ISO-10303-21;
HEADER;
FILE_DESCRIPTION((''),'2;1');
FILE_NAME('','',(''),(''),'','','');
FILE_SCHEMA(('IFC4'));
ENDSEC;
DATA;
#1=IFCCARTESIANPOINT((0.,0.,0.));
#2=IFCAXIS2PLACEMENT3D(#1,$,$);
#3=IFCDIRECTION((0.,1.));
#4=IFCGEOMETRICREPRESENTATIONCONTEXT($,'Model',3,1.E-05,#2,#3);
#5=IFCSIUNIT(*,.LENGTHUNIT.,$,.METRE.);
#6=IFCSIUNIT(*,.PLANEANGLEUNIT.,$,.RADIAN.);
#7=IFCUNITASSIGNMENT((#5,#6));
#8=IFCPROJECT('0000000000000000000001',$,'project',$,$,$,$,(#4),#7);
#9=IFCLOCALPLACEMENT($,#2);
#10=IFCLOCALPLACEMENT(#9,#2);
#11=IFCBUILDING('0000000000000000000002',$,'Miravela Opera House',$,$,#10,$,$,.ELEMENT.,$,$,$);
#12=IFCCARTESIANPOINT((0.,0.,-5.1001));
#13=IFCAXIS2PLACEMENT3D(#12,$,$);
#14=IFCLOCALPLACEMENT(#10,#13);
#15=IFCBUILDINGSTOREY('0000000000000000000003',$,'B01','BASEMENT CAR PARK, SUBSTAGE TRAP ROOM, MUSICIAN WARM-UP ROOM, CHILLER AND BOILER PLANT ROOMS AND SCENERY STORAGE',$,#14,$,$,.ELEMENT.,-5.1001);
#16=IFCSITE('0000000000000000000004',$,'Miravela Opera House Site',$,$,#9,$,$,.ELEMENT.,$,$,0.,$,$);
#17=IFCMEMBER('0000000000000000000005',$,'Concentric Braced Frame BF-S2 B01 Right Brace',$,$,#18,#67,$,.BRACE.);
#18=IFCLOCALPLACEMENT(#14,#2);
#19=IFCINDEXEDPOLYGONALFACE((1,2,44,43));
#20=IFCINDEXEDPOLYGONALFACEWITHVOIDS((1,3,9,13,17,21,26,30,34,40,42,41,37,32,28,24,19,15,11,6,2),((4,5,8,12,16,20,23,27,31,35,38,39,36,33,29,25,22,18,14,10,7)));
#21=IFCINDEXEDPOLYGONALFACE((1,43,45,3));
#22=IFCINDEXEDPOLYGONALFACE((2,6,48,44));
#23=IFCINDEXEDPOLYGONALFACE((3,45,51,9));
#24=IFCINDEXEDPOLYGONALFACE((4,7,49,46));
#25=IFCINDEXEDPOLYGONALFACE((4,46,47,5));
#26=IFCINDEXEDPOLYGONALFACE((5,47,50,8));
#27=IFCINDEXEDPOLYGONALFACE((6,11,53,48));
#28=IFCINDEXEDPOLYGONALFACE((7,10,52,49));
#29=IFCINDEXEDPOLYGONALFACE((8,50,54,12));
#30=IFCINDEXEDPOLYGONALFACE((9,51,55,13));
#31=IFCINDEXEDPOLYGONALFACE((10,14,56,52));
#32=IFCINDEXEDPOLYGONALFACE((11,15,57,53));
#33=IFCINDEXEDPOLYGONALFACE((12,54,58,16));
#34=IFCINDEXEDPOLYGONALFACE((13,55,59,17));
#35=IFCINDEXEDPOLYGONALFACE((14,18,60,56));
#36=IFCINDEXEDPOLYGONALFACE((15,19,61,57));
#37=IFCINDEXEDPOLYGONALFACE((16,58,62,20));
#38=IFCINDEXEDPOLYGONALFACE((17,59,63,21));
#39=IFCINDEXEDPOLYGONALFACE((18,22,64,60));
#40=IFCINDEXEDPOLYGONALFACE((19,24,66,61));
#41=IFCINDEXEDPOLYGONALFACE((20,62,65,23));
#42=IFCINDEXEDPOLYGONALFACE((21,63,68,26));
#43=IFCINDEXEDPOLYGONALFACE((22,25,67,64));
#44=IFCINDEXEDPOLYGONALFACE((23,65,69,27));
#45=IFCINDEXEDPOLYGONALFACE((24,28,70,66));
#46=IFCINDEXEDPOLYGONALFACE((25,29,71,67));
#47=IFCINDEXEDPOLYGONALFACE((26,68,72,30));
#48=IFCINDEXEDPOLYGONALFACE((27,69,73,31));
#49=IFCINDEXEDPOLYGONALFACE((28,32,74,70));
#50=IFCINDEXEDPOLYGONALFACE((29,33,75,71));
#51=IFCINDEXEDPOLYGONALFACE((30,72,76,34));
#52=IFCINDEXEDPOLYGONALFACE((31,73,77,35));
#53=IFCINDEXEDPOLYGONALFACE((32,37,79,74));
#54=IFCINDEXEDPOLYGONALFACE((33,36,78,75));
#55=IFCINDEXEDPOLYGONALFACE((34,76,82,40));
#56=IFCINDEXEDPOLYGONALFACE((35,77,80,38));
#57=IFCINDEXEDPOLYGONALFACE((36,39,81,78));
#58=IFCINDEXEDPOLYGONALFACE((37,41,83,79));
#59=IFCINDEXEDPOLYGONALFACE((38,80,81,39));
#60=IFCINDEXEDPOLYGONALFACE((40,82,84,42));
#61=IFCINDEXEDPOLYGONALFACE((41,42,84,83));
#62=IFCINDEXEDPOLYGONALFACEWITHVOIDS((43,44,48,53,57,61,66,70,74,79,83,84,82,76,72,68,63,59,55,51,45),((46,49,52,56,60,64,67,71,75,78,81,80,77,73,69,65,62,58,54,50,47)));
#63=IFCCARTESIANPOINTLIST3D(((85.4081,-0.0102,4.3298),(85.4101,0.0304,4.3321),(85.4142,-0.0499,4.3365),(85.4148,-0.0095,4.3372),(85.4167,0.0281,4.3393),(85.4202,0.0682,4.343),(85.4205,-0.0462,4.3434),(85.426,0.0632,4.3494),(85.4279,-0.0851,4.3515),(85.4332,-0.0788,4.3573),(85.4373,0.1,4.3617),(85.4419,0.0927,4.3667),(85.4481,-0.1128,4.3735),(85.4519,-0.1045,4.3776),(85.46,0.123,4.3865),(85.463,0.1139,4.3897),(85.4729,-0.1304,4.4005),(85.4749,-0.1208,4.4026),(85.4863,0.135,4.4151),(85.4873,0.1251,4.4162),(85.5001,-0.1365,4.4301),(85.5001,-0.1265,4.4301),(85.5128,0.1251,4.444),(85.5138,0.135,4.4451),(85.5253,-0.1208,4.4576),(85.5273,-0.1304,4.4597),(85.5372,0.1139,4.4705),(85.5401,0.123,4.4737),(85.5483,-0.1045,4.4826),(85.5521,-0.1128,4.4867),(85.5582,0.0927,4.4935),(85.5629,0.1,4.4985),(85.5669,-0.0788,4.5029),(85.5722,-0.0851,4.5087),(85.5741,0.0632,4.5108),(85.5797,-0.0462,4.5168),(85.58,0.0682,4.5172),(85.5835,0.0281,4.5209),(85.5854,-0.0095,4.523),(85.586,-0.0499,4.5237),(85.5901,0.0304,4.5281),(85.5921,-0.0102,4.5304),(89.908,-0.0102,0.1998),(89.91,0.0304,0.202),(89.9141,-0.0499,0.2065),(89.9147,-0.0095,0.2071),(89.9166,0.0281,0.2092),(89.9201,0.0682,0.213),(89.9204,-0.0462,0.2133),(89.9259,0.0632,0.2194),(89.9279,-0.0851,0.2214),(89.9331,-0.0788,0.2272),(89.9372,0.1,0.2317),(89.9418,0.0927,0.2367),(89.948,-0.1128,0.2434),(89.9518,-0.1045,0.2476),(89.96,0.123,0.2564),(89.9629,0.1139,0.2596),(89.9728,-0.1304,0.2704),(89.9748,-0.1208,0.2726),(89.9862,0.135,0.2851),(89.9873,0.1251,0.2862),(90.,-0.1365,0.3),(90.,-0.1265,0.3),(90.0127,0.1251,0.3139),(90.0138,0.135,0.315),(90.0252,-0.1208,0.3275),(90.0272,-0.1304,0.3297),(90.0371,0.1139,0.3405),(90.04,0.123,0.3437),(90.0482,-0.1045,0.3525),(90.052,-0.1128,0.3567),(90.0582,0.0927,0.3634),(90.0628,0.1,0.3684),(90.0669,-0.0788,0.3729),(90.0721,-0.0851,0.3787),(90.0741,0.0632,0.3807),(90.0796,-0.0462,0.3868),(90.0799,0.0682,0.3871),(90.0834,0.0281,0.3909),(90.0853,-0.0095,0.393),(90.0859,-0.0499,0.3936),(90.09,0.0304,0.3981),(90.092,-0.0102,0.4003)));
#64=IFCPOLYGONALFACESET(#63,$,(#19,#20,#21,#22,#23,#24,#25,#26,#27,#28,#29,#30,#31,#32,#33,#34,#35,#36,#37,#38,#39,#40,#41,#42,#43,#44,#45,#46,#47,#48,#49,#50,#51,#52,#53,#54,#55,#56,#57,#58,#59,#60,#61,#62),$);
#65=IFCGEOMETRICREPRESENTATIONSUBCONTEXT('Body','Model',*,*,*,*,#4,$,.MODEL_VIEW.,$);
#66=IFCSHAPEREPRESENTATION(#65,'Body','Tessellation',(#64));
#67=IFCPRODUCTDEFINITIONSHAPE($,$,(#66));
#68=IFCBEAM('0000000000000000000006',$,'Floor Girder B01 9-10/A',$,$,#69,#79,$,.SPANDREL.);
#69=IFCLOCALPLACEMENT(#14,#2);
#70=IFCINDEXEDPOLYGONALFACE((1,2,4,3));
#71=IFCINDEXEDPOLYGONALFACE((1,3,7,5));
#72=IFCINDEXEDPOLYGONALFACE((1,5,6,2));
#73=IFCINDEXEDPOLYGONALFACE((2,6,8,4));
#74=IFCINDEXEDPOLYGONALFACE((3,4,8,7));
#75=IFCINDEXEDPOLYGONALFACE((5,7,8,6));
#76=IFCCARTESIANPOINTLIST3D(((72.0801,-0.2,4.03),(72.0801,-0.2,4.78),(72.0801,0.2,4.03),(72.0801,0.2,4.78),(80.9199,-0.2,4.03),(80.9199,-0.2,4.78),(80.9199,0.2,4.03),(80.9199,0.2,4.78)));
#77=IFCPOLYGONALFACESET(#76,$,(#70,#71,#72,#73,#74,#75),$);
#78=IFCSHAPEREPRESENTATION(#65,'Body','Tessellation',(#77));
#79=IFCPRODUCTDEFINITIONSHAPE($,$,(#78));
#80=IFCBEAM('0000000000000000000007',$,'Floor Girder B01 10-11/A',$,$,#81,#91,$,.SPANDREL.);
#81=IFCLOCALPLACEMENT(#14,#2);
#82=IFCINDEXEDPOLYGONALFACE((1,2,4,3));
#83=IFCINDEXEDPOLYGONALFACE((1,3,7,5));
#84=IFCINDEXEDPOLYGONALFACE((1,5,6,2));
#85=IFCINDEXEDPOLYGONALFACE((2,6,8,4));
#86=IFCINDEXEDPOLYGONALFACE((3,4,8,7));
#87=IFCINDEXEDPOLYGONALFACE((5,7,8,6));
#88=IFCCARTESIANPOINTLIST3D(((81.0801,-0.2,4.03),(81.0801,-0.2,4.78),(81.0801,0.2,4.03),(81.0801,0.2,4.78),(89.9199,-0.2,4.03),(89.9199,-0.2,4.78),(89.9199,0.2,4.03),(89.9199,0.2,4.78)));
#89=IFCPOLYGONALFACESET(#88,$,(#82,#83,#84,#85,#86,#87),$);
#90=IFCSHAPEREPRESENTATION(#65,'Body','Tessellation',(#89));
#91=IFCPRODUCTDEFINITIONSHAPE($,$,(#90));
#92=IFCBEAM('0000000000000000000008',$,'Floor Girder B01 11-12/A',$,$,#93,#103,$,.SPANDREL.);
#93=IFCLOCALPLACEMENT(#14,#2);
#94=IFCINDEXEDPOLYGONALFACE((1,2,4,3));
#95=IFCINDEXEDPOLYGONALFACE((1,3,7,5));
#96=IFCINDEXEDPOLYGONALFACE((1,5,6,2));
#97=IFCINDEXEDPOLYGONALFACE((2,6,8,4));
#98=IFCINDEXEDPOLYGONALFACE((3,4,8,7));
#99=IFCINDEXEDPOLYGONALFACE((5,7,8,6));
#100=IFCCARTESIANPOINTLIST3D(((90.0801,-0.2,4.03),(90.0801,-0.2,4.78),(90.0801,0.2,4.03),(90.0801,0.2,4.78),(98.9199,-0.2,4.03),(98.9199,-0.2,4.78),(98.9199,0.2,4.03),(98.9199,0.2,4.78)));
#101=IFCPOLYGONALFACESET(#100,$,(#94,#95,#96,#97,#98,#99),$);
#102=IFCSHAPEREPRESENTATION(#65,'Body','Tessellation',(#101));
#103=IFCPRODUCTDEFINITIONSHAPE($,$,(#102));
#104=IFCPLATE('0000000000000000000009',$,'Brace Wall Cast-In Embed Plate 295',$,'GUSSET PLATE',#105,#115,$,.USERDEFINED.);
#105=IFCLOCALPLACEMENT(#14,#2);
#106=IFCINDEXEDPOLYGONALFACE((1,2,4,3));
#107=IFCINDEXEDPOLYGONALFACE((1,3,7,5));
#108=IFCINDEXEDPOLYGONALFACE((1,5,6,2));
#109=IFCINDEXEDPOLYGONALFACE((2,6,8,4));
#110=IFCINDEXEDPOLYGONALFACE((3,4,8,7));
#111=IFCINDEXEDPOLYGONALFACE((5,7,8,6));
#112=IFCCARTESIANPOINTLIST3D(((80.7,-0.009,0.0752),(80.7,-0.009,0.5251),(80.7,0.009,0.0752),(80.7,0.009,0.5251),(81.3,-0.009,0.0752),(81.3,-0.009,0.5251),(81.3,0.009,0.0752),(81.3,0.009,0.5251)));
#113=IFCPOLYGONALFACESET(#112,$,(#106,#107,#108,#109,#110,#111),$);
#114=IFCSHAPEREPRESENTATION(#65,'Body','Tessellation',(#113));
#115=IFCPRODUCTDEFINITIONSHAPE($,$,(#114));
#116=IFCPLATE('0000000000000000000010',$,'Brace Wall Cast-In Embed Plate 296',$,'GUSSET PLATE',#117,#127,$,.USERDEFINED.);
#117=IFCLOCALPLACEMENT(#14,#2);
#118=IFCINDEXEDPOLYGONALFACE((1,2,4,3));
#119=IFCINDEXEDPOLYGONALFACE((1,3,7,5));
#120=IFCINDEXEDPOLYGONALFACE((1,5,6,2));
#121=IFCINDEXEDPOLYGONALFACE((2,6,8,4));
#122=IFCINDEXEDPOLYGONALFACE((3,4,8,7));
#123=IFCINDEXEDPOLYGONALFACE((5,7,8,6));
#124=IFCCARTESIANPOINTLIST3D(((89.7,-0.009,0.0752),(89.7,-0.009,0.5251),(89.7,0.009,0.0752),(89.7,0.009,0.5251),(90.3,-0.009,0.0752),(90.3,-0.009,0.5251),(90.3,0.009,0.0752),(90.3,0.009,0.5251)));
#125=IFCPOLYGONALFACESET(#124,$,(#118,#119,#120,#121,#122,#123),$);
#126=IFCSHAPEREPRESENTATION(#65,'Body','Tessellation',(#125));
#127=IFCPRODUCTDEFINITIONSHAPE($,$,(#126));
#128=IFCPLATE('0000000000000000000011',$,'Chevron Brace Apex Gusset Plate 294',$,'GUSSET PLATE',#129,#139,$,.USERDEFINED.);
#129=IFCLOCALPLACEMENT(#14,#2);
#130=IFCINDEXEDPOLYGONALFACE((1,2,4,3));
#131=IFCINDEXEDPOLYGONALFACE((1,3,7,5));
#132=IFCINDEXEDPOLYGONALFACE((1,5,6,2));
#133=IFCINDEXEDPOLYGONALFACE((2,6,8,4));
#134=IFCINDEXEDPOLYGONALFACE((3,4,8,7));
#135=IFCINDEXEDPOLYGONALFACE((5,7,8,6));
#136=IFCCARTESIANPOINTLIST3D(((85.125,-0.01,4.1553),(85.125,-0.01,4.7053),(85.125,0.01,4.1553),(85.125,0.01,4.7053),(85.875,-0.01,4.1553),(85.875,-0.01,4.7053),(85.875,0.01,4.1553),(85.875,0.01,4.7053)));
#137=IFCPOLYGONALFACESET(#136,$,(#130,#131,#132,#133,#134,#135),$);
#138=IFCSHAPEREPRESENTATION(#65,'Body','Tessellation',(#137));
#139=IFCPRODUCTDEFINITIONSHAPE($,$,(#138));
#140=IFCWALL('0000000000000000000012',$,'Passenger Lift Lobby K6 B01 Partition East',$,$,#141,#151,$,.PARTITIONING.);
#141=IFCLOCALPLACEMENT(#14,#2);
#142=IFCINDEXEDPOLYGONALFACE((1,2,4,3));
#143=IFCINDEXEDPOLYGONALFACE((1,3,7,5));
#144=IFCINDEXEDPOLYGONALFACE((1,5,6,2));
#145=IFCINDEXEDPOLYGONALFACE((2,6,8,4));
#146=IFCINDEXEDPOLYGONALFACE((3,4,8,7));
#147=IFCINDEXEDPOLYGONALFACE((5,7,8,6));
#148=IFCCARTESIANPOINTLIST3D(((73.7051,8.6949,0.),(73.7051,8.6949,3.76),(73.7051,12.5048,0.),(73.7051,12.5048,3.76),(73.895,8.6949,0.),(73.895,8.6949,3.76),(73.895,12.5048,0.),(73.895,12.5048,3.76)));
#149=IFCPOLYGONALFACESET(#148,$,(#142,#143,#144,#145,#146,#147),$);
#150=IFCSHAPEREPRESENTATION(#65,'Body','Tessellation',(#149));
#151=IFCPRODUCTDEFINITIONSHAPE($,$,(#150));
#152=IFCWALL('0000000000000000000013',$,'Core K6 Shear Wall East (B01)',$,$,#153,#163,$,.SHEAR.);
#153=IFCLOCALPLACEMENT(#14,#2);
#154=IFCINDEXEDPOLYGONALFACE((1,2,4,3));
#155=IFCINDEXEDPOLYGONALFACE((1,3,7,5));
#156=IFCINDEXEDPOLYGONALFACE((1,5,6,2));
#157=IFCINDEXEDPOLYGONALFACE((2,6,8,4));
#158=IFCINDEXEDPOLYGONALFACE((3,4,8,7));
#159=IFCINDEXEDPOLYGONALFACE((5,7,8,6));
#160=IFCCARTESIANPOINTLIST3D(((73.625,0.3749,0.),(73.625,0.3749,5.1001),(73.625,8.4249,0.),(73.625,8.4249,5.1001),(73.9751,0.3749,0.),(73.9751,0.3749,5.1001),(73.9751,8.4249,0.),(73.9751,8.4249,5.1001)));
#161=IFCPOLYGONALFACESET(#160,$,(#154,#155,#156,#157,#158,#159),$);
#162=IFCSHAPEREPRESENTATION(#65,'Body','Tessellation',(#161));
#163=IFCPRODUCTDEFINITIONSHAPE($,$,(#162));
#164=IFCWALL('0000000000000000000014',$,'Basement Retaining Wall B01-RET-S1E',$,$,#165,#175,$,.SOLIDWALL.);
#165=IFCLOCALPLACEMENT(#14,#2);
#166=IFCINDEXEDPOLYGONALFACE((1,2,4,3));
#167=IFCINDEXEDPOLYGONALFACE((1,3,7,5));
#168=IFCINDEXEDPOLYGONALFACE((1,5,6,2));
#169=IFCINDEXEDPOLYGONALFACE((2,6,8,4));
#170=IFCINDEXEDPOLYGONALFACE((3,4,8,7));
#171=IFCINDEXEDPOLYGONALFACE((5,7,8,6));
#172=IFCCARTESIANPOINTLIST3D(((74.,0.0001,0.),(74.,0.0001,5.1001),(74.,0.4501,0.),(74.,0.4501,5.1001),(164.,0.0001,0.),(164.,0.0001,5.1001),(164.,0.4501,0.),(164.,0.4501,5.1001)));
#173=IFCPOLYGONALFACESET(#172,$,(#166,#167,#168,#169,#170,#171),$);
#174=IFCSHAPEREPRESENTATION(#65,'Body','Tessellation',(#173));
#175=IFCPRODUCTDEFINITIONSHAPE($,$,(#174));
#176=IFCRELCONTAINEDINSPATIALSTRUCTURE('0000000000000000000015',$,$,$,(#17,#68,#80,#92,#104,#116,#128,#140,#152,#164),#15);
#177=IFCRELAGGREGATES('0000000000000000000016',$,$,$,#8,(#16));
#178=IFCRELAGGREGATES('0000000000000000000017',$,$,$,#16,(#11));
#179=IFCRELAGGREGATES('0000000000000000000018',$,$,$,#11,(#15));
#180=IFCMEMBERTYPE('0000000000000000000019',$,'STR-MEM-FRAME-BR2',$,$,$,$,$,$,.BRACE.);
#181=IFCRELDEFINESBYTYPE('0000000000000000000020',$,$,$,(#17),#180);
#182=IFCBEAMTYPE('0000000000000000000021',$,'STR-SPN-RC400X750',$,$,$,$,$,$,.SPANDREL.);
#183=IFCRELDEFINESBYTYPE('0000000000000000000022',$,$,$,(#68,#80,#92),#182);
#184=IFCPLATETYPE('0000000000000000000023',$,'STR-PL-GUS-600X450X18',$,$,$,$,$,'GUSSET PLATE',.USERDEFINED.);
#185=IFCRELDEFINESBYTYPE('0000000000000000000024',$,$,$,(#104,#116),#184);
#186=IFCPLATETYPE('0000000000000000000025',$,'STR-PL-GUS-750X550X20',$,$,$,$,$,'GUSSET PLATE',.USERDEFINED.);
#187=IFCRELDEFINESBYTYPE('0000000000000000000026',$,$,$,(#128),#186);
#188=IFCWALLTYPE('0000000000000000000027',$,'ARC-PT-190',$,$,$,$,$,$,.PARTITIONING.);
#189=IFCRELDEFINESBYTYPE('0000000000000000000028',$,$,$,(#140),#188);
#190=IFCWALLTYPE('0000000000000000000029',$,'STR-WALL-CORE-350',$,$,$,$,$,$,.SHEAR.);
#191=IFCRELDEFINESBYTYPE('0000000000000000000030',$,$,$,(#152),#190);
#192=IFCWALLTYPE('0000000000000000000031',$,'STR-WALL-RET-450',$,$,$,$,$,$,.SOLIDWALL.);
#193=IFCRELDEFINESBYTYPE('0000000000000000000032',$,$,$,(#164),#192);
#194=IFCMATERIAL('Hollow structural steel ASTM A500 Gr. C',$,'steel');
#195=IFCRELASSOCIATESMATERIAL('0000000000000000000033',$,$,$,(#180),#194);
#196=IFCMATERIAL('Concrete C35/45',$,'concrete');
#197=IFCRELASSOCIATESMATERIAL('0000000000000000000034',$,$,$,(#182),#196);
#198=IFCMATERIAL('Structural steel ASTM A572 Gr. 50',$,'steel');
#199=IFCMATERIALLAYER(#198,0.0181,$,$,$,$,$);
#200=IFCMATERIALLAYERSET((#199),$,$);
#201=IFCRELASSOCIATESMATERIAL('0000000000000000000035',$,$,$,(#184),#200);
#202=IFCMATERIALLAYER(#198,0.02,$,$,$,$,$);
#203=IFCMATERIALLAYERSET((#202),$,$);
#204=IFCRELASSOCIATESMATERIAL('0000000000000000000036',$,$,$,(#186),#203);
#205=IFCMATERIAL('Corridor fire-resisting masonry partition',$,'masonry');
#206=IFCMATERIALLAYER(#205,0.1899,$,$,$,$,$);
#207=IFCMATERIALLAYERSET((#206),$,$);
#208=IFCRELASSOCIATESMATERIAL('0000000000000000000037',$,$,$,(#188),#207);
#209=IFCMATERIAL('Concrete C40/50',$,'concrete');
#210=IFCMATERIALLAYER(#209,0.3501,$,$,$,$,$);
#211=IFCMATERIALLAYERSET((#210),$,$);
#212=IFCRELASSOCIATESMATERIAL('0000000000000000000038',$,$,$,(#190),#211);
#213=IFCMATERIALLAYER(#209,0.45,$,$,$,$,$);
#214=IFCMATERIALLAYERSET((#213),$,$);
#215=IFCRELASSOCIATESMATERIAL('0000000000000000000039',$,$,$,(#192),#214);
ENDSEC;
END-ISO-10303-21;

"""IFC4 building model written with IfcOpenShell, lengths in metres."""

from ifc_helpers import new_model, si_unit, direction, frame, frame_2d, origin, origin_2d, place, context, subcontext, project, spatial, rectangle, hollow_circle, extrude, material, layer, layer_set, material_profile, profile_set, type_object, element, save


model = new_model("IFC4")

# Units and contexts
model_context = context("Model", 3, precision=1e-05, world=origin(), true_north=direction((0.0, 1.0)))
body_context = subcontext(model_context, "Body", "Model", "MODEL_VIEW")
ifc_project = project(units=[si_unit("LENGTHUNIT", "METRE"), si_unit("PLANEANGLEUNIT", "RADIAN")], contexts=[model_context])

# Site, building, storey
site_placement = place(None, origin())
site = spatial("IfcSite", under=ifc_project, at=site_placement, Name="Miravela Opera House Site", CompositionType="ELEMENT", RefElevation=0.0)
building_placement = place(site_placement, origin())
building = spatial("IfcBuilding", under=site, at=building_placement, Name="Miravela Opera House", CompositionType="ELEMENT")
storey_placement = place(building_placement, frame((0.0, 0.0, -5.1001)))
storey = spatial("IfcBuildingStorey", under=building, at=storey_placement, Name="B01", Description="BASEMENT CAR PARK, SUBSTAGE TRAP ROOM, MUSICIAN WARM-UP ROOM, CHILLER AND BOILER PLANT ROOMS AND SCENERY STORAGE", CompositionType="ELEMENT", Elevation=-5.1001)

# Shared definitions
ifc_material_1 = material(Name="Concrete C35/45", Category="concrete")

# Shared definitions
ifc_material_2 = material(Name="Concrete C40/50", Category="concrete")

# Member
ifc_material_3 = material(Name="Hollow structural steel ASTM A500 Gr. C", Category="steel")
ifc_material_profile_1 = material_profile(ifc_material_3, hollow_circle(Radius=0.1365, WallThickness=0.01, at=origin_2d()), Name="CHS273X10")
ifc_profile_set_1 = profile_set([ifc_material_profile_1])
member_type = type_object("IfcMemberType", Name="STR-MEM-FRAME-BR2", PredefinedType="BRACE", material=ifc_profile_set_1)
for number, where, z_axis, x_axis, name in (
    (1, (90.0, 0.0, 0.3), (-0.736736, 0.0, 0.676181), (0.0, -1.0, 0.0), "Concentric Braced Frame BF-S2 B01 Right Brace"),
):
    element("IfcMember", number, at=place(storey_placement, frame(where, z_axis=z_axis, x_axis=x_axis)), inside=storey, type_object=member_type, Name=name, PredefinedType="BRACE", context=body_context, shape_type="SweptSolid", body=[
        extrude(hollow_circle(Radius=0.1365, WallThickness=0.01, at=origin_2d()), origin(), (0.0, 0.0, 1.0), 6.1079),
    ])

# Beams
ifc_material_profile_2 = material_profile(ifc_material_1, rectangle(XDim=0.3999, YDim=0.75, at=origin_2d()), Name="RC-SPN-400X750")
ifc_profile_set_2 = profile_set([ifc_material_profile_2])
beam_type_1 = type_object("IfcBeamType", Name="STR-SPN-RC400X750", PredefinedType="SPANDREL", material=ifc_profile_set_2)
for number, where, z_axis, x_axis, name in (
    (2, (72.0801, 0.0, 4.405), (1.0, 0.0, 0.0), (0.0, 1.0, 0.0), "Floor Girder B01 9-10/A"),
    (3, (81.0801, 0.0, 4.405), (1.0, 0.0, 0.0), (0.0, 1.0, 0.0), "Floor Girder B01 10-11/A"),
    (4, (90.0801, 0.0, 4.405), (1.0, 0.0, 0.0), (0.0, 1.0, 0.0), "Floor Girder B01 11-12/A"),
):
    element("IfcBeam", number, at=place(storey_placement, frame(where, z_axis=z_axis, x_axis=x_axis)), inside=storey, type_object=beam_type_1, Name=name, PredefinedType="SPANDREL", context=body_context, shape_type="SweptSolid", body=[
        extrude(rectangle(XDim=0.3999, YDim=0.75, at=origin_2d()), origin(), (0.0, 0.0, 1.0), 8.8398),
    ])

# Plates
ifc_material_4 = material(Name="Structural steel ASTM A572 Gr. 50", Category="steel")
ifc_layer_1 = layer(ifc_material_4, 0.0181)
ifc_layer_set_1 = layer_set([ifc_layer_1])
plate_type_1 = type_object("IfcPlateType", Name="STR-PL-GUS-600X450X18", ElementType="GUSSET PLATE", PredefinedType="USERDEFINED", material=ifc_layer_set_1)
for number, where, z_axis, x_axis, name in (
    (5, (81.0, 0.0, 0.0752), (0.0, 0.0, 1.0), (1.0, 0.0, 0.0), "Brace Wall Cast-In Embed Plate 295"),
    (6, (90.0, 0.0, 0.0752), (0.0, 0.0, 1.0), (1.0, 0.0, 0.0), "Brace Wall Cast-In Embed Plate 296"),
):
    element("IfcPlate", number, at=place(storey_placement, frame(where, z_axis=z_axis, x_axis=x_axis)), inside=storey, type_object=plate_type_1, Name=name, ObjectType="GUSSET PLATE", PredefinedType="USERDEFINED", context=body_context, shape_type="SweptSolid", body=[
        extrude(rectangle(XDim=0.6001, YDim=0.0181, at=origin_2d()), origin(), (0.0, 0.0, 1.0), 0.45),
    ])
ifc_layer_2 = layer(ifc_material_4, 0.02)
ifc_layer_set_2 = layer_set([ifc_layer_2])
plate_type_2 = type_object("IfcPlateType", Name="STR-PL-GUS-750X550X20", ElementType="GUSSET PLATE", PredefinedType="USERDEFINED", material=ifc_layer_set_2)
plate_placement = place(storey_placement, frame((85.5, 0.0, 4.1553), z_axis=(0.0, 0.0, 1.0), x_axis=(1.0, 0.0, 0.0)))
element("IfcPlate", 7, at=plate_placement, inside=storey, type_object=plate_type_2, Name="Chevron Brace Apex Gusset Plate 294", ObjectType="GUSSET PLATE", PredefinedType="USERDEFINED", context=body_context, shape_type="SweptSolid", body=[
    extrude(rectangle(XDim=0.75, YDim=0.02, at=origin_2d()), origin(), (0.0, 0.0, 1.0), 0.55),
])

# Walls
ifc_material_5 = material(Name="Corridor fire-resisting masonry partition", Category="masonry")
ifc_layer_3 = layer(ifc_material_5, 0.1899)
ifc_layer_set_3 = layer_set([ifc_layer_3])
wall_type_1 = type_object("IfcWallType", Name="ARC-PT-190", PredefinedType="PARTITIONING", material=ifc_layer_set_3)
wall_1_placement = place(storey_placement, frame((73.8, 8.6951, 0.0), z_axis=(0.0, 0.0, 1.0), x_axis=(0.0, 1.0, 0.0)))
element("IfcWall", 8, at=wall_1_placement, inside=storey, type_object=wall_type_1, Name="Passenger Lift Lobby K6 B01 Partition East", PredefinedType="PARTITIONING", context=body_context, shape_type="SweptSolid", body=[
    extrude(rectangle(XDim=3.8098, YDim=0.1899, at=frame_2d((1.9048, 0.0))), origin(), (0.0, 0.0, 1.0), 3.76),
])
ifc_layer_4 = layer(ifc_material_2, 0.3501)
ifc_layer_set_4 = layer_set([ifc_layer_4])
wall_type_2 = type_object("IfcWallType", Name="STR-WALL-CORE-350", PredefinedType="SHEAR", material=ifc_layer_set_4)
wall_2_placement = place(storey_placement, frame((73.8, 0.375, 0.0), z_axis=(0.0, 0.0, 1.0), x_axis=(0.0, 1.0, 0.0)))
element("IfcWall", 9, at=wall_2_placement, inside=storey, type_object=wall_type_2, Name="Core K6 Shear Wall East (B01)", PredefinedType="SHEAR", context=body_context, shape_type="SweptSolid", body=[
    extrude(rectangle(XDim=8.05, YDim=0.3501, at=frame_2d((4.0249, 0.0))), origin(), (0.0, 0.0, 1.0), 5.1001),
])
ifc_layer_5 = layer(ifc_material_2, 0.45)
ifc_layer_set_5 = layer_set([ifc_layer_5])
wall_type_3 = type_object("IfcWallType", Name="STR-WALL-RET-450", PredefinedType="SOLIDWALL", material=ifc_layer_set_5)
wall_3_placement = place(storey_placement, frame((74.0, 0.2251, 0.0), z_axis=(0.0, 0.0, 1.0), x_axis=(1.0, 0.0, 0.0)))
element("IfcWall", 10, at=wall_3_placement, inside=storey, type_object=wall_type_3, Name="Basement Retaining Wall B01-RET-S1E", PredefinedType="SOLIDWALL", context=body_context, shape_type="SweptSolid", body=[
    extrude(rectangle(XDim=90.0, YDim=0.45, at=frame_2d((45.0, 0.0))), origin(), (0.0, 0.0, 1.0), 5.1001),
])

save(model, "model.ifc")
